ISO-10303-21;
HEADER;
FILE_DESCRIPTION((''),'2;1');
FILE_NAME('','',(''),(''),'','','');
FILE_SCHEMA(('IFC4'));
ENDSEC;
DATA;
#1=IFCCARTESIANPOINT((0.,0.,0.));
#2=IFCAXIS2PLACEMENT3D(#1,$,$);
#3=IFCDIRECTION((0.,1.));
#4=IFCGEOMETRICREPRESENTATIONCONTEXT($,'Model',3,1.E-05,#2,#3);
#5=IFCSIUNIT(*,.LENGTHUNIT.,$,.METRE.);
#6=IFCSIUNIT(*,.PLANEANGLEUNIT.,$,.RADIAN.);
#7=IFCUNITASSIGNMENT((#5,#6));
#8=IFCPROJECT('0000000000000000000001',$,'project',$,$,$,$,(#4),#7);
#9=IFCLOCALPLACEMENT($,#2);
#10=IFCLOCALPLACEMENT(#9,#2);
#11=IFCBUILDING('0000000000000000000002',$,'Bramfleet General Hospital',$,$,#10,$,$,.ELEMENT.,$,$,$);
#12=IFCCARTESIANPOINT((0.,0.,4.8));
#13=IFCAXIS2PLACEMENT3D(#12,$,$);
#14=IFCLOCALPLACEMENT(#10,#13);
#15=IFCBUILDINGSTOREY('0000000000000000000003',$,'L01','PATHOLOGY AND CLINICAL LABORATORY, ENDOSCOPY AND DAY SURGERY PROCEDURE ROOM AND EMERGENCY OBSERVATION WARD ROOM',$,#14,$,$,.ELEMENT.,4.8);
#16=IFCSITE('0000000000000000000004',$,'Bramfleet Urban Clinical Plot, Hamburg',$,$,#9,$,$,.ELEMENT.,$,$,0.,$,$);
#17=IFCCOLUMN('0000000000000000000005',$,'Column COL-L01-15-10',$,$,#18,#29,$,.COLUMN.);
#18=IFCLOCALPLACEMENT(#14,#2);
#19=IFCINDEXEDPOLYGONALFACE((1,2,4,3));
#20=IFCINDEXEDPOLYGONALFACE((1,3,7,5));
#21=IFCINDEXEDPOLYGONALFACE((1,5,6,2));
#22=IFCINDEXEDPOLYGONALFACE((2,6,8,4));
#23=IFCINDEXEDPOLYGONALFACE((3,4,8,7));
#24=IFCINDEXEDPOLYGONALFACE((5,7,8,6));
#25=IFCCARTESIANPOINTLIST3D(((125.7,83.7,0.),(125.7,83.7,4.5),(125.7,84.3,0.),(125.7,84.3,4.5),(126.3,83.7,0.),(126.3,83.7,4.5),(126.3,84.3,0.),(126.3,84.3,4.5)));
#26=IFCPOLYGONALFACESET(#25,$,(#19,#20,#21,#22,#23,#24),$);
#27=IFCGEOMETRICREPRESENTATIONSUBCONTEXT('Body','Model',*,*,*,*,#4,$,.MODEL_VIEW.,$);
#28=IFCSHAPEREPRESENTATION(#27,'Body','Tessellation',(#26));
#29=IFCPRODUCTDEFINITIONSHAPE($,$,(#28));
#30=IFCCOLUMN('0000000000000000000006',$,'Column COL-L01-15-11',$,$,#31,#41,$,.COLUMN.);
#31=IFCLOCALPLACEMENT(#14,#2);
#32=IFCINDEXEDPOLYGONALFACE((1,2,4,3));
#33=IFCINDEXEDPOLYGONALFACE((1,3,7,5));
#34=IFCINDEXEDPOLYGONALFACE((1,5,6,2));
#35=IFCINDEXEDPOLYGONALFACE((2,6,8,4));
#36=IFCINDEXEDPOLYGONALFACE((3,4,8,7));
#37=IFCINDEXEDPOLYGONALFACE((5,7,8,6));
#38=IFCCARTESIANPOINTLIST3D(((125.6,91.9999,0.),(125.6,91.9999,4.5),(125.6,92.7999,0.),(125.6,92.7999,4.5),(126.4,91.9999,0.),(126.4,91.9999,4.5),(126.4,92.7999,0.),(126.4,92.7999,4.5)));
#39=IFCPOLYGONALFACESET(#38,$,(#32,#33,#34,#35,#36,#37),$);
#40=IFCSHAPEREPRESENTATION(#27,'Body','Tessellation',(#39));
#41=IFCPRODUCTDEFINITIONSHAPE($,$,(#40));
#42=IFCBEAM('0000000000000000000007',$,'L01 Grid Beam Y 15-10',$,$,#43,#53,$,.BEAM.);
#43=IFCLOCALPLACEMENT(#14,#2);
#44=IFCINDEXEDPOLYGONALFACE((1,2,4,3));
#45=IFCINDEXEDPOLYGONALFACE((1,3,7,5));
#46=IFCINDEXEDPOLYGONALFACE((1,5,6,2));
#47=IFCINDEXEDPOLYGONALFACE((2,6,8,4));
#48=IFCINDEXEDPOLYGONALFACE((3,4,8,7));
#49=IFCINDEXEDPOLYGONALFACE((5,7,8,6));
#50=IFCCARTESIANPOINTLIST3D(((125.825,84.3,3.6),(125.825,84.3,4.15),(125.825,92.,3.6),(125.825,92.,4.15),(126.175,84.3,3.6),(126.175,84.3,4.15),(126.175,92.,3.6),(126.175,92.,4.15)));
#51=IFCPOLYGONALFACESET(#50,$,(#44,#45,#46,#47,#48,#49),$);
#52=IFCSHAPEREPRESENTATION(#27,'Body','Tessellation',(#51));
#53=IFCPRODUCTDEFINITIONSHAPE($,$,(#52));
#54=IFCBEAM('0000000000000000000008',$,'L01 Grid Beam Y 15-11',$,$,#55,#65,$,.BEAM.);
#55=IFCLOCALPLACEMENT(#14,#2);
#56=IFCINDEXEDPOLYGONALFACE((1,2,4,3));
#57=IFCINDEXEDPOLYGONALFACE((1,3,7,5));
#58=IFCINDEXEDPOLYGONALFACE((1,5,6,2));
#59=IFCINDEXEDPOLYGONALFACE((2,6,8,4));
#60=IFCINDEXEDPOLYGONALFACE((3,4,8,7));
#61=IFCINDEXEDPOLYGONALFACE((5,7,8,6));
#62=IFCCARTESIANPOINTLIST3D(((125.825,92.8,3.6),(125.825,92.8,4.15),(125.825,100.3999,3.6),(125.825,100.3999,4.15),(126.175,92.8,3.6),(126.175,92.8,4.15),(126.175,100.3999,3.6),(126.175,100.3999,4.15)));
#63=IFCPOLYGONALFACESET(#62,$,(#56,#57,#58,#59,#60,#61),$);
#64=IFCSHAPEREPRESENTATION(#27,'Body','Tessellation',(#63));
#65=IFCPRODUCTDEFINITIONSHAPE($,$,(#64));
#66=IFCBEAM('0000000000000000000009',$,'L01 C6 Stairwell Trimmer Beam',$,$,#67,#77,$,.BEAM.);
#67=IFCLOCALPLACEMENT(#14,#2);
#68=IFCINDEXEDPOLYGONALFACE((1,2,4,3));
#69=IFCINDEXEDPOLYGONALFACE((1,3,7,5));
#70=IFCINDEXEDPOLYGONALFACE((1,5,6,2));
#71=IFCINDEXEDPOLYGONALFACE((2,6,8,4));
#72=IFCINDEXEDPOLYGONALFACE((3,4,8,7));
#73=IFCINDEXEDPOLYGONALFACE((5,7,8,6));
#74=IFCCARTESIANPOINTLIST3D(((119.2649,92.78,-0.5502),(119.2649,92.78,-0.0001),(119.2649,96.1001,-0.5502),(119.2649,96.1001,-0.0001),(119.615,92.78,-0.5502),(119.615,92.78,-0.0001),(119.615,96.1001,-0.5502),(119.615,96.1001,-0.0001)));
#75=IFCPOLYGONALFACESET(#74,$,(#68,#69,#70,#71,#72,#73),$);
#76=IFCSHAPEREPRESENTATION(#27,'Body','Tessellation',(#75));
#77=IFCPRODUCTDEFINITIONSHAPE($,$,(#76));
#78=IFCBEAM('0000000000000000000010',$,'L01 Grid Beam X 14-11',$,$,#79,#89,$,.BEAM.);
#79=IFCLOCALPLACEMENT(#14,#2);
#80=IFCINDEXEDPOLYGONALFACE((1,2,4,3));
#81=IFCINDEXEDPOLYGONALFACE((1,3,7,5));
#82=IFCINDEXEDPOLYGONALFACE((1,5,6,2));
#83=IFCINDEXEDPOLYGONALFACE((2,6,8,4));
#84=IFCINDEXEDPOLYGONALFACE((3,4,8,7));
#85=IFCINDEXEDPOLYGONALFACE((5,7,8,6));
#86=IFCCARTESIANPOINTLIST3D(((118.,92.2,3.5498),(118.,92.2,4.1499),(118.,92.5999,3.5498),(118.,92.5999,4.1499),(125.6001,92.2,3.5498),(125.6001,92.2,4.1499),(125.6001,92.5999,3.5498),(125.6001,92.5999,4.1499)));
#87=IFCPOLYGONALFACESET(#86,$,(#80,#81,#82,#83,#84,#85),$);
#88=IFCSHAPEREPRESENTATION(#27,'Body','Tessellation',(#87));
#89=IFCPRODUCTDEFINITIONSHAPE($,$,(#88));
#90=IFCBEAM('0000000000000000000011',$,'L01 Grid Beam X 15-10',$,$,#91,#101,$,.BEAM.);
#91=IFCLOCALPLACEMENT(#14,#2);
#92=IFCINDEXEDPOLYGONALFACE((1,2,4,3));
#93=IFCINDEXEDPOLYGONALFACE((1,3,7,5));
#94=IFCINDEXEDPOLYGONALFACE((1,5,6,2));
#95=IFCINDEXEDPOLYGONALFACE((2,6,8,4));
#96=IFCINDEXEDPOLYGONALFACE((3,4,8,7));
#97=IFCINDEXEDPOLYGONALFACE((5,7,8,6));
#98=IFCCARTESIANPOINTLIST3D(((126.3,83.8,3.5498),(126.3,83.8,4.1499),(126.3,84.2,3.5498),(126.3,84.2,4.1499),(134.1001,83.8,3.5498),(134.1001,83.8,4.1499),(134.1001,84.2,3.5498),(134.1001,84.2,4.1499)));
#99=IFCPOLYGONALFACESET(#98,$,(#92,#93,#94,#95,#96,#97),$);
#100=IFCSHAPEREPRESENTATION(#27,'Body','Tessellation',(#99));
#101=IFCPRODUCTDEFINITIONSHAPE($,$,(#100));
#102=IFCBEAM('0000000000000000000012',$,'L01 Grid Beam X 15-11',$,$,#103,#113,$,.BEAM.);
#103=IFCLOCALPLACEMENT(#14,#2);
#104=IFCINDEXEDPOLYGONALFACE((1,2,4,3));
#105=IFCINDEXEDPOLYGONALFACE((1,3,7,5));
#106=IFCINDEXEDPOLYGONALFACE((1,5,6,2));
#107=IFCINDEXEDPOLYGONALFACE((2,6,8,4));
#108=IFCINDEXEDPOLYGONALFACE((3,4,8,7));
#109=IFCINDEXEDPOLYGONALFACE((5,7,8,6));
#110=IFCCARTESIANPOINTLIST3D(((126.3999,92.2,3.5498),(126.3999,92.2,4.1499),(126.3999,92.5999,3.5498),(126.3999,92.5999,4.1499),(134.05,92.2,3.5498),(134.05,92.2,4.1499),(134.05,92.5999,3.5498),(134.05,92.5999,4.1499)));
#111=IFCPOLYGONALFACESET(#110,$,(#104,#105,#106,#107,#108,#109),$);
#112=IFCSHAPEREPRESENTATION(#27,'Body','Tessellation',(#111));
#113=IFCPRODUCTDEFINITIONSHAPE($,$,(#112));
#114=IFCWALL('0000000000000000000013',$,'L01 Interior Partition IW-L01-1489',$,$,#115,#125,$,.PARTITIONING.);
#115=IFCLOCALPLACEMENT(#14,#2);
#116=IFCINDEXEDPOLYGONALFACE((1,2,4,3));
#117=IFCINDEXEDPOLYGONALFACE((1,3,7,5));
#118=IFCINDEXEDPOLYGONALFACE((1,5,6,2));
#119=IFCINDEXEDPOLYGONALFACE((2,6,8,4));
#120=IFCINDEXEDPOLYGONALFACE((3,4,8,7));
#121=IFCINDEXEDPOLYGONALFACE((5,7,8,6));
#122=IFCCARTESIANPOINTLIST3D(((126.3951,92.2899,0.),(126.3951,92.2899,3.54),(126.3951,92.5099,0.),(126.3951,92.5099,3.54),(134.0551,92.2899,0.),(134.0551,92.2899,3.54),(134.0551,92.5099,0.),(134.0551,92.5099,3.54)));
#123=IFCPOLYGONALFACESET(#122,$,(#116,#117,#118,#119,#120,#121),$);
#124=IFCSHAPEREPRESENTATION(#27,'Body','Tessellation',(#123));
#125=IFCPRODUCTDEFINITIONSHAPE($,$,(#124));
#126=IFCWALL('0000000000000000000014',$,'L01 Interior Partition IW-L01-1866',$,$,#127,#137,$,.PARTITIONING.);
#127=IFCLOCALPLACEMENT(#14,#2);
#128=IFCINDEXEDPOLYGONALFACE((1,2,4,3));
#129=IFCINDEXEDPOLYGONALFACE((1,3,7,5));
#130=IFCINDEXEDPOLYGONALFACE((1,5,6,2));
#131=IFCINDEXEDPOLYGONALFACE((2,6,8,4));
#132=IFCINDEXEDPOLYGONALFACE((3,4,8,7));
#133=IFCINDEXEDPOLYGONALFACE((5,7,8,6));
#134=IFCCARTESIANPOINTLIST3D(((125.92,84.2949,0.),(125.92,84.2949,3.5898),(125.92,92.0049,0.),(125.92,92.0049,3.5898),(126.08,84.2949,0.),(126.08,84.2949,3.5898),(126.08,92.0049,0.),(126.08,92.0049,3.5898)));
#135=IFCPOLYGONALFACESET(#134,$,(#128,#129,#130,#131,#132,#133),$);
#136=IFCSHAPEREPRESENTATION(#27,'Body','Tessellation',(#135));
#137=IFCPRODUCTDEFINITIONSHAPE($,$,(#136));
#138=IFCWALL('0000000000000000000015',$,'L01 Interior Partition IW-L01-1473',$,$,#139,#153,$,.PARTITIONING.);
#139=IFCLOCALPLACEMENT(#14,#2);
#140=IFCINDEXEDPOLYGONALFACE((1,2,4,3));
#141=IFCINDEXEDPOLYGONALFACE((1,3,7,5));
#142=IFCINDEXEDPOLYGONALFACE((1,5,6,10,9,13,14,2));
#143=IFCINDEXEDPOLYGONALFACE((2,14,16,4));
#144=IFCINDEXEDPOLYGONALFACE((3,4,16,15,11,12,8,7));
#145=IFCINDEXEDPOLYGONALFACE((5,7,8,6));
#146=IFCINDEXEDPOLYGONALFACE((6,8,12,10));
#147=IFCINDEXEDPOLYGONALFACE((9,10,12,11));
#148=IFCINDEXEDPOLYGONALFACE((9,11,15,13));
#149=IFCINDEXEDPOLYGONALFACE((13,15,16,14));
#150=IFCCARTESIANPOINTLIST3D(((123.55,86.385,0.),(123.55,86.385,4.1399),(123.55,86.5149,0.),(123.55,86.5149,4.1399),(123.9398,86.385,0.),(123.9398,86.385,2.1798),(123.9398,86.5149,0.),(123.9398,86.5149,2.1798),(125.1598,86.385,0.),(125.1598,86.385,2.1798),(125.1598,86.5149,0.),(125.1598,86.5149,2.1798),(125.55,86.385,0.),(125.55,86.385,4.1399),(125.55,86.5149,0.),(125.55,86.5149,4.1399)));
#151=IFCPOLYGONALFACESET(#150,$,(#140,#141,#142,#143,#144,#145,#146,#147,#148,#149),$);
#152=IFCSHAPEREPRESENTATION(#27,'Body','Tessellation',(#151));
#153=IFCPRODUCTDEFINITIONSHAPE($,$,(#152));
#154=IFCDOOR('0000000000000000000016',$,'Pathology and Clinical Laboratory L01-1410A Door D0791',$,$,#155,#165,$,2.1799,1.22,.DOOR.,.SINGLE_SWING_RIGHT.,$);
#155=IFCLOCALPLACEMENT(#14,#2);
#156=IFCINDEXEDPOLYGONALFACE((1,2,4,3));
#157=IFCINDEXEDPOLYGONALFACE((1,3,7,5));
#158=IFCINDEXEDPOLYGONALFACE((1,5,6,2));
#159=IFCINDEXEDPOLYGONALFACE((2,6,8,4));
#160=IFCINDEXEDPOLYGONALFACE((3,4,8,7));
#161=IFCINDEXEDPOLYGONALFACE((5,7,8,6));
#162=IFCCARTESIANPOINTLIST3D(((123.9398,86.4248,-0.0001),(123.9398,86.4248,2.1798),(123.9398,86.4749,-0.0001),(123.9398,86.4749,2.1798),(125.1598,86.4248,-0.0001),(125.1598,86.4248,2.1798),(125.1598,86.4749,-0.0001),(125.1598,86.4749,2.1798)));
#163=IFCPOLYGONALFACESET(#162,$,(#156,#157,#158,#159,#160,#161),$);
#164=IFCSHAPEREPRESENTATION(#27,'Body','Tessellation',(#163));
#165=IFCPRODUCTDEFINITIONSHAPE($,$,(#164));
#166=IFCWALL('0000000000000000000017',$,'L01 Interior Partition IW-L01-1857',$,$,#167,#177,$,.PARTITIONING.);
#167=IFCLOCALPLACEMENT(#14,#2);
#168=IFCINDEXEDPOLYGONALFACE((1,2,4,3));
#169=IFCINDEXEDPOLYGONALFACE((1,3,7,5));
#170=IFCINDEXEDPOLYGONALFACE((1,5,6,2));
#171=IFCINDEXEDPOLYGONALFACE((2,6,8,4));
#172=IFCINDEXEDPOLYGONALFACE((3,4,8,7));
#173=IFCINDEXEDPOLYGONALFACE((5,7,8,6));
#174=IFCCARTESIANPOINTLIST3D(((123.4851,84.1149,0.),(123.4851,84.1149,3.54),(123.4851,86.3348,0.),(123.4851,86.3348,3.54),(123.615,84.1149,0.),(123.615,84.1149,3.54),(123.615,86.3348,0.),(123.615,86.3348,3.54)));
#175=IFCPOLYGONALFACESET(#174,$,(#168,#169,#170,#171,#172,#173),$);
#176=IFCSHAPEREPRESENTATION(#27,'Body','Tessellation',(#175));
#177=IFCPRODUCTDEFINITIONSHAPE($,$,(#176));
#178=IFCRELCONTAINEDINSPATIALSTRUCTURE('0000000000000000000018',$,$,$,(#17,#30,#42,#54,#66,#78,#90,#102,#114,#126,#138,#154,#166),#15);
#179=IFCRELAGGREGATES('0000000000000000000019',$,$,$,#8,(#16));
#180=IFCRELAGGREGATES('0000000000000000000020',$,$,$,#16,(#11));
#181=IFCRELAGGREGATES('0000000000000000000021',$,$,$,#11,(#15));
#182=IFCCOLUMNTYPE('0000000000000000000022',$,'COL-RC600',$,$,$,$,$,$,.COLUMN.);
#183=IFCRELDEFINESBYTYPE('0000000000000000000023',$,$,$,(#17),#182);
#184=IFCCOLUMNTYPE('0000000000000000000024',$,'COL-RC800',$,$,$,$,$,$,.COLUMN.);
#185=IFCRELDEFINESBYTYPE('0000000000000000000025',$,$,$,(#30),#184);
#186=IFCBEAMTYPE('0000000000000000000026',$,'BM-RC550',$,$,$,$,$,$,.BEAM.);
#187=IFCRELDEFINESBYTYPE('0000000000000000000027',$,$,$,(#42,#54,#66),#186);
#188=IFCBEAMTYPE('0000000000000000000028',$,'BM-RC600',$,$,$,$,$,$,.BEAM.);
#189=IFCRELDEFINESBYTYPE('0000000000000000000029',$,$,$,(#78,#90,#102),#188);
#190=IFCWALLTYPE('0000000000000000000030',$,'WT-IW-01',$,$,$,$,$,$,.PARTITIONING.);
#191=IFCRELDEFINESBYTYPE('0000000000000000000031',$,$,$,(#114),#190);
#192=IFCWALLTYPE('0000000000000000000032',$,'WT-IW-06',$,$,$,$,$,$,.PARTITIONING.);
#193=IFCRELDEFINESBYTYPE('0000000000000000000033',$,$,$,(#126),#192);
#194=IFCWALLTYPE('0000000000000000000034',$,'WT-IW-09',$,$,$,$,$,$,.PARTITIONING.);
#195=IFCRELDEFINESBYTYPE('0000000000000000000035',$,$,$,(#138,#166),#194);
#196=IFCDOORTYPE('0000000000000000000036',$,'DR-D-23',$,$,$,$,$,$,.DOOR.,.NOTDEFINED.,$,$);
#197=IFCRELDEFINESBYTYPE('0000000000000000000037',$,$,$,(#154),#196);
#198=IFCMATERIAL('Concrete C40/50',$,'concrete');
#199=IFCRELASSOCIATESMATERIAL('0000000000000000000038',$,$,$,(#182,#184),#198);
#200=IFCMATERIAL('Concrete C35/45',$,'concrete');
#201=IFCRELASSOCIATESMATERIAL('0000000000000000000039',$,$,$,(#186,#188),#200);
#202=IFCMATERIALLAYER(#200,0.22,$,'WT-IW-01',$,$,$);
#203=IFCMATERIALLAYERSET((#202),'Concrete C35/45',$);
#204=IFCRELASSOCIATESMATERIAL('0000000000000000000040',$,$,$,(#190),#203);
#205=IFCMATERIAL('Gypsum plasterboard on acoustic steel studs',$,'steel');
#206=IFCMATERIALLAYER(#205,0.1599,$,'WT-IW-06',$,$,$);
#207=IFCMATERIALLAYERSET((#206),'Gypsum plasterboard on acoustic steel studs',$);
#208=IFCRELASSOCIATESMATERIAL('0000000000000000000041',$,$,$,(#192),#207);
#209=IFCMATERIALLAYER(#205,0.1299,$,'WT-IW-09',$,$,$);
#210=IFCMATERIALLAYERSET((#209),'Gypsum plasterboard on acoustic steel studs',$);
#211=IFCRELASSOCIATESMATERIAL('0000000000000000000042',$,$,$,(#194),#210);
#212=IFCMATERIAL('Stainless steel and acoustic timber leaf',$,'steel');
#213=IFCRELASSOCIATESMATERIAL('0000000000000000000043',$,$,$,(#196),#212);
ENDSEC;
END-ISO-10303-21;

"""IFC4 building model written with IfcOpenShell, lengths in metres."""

from ifc_helpers import new_model, si_unit, direction, frame, frame_2d, origin, origin_2d, place, context, subcontext, project, spatial, rectangle, extrude, material, layer, layer_set, material_profile, profile_set, type_object, element, fill, save


model = new_model("IFC4")

# Units and contexts
model_context = context("Model", 3, precision=1e-05, world=origin(), true_north=direction((0.0, 1.0)))
body_context = subcontext(model_context, "Body", "Model", "MODEL_VIEW")
ifc_project = project(units=[si_unit("LENGTHUNIT", "METRE"), si_unit("PLANEANGLEUNIT", "RADIAN")], contexts=[model_context])

# Site, building, storey
site_placement = place(None, origin())
site = spatial("IfcSite", under=ifc_project, at=site_placement, Name="Bramfleet Urban Clinical Plot, Hamburg", CompositionType="ELEMENT", RefElevation=0.0)
building_placement = place(site_placement, origin())
building = spatial("IfcBuilding", under=site, at=building_placement, Name="Bramfleet General Hospital", CompositionType="ELEMENT")
storey_placement = place(building_placement, frame((0.0, 0.0, 4.8)))
storey = spatial("IfcBuildingStorey", under=building, at=storey_placement, Name="L01", Description="PATHOLOGY AND CLINICAL LABORATORY, ENDOSCOPY AND DAY SURGERY PROCEDURE ROOM AND EMERGENCY OBSERVATION WARD ROOM", CompositionType="ELEMENT", Elevation=4.8)

# Columns
ifc_material_1 = material(Name="Concrete C40/50", Category="concrete")
ifc_material_profile_1 = material_profile(ifc_material_1, rectangle(XDim=0.6001, YDim=0.6001, at=origin_2d()), Name="RC COL 600x600")
ifc_profile_set_1 = profile_set([ifc_material_profile_1], Name="Concrete C40/50")
column_type_1 = type_object("IfcColumnType", Name="COL-RC600", PredefinedType="COLUMN", material=ifc_profile_set_1)
column_1_placement = place(storey_placement, frame((126.0, 84.0, 0.0), z_axis=(0.0, 0.0, 1.0), x_axis=(1.0, 0.0, 0.0)))
element("IfcColumn", 1, at=column_1_placement, inside=storey, type_object=column_type_1, Name="Column COL-L01-15-10", PredefinedType="COLUMN", context=body_context, shape_type="SweptSolid", body=[
    extrude(rectangle(XDim=0.6001, YDim=0.6001, at=origin_2d()), origin(), (0.0, 0.0, 1.0), 4.5),
])
ifc_material_profile_2 = material_profile(ifc_material_1, rectangle(XDim=0.8, YDim=0.8, at=origin_2d()), Name="RC COL 800x800")
ifc_profile_set_2 = profile_set([ifc_material_profile_2], Name="Concrete C40/50")
column_type_2 = type_object("IfcColumnType", Name="COL-RC800", PredefinedType="COLUMN", material=ifc_profile_set_2)
column_2_placement = place(storey_placement, frame((126.0, 92.3999, 0.0), z_axis=(0.0, 0.0, 1.0), x_axis=(1.0, 0.0, 0.0)))
element("IfcColumn", 2, at=column_2_placement, inside=storey, type_object=column_type_2, Name="Column COL-L01-15-11", PredefinedType="COLUMN", context=body_context, shape_type="SweptSolid", body=[
    extrude(rectangle(XDim=0.8, YDim=0.8, at=origin_2d()), origin(), (0.0, 0.0, 1.0), 4.5),
])

# Beams
ifc_material_2 = material(Name="Concrete C35/45", Category="concrete")
ifc_material_profile_3 = material_profile(ifc_material_2, rectangle(XDim=0.3501, YDim=0.55, at=origin_2d()), Name="RC BM 550x350")
ifc_profile_set_3 = profile_set([ifc_material_profile_3], Name="Concrete C35/45")
beam_type_1 = type_object("IfcBeamType", Name="BM-RC550", PredefinedType="BEAM", material=ifc_profile_set_3)
beam_1_placement = place(storey_placement, frame((126.0, 84.3, 3.875), z_axis=(0.0, 1.0, 0.0), x_axis=(-1.0, 0.0, 0.0)))
element("IfcBeam", 3, at=beam_1_placement, inside=storey, type_object=beam_type_1, Name="L01 Grid Beam Y 15-10", PredefinedType="BEAM", context=body_context, shape_type="SweptSolid", body=[
    extrude(rectangle(XDim=0.3501, YDim=0.55, at=origin_2d()), origin(), (0.0, 0.0, 1.0), 7.7),
])
beam_2_placement = place(storey_placement, frame((126.0, 92.8, 3.875), z_axis=(0.0, 1.0, 0.0), x_axis=(-1.0, 0.0, 0.0)))
element("IfcBeam", 4, at=beam_2_placement, inside=storey, type_object=beam_type_1, Name="L01 Grid Beam Y 15-11", PredefinedType="BEAM", context=body_context, shape_type="SweptSolid", body=[
    extrude(rectangle(XDim=0.3501, YDim=0.55, at=origin_2d()), origin(), (0.0, 0.0, 1.0), 7.5999),
])
beam_3_placement = place(storey_placement, frame((119.4399, 92.78, -0.2751), z_axis=(0.0, 1.0, 0.0), x_axis=(-1.0, 0.0, 0.0)))
element("IfcBeam", 5, at=beam_3_placement, inside=storey, type_object=beam_type_1, Name="L01 C6 Stairwell Trimmer Beam", PredefinedType="BEAM", context=body_context, shape_type="SweptSolid", body=[
    extrude(rectangle(XDim=0.3501, YDim=0.55, at=origin_2d()), origin(), (0.0, 0.0, 1.0), 3.3201),
])
ifc_material_profile_4 = material_profile(ifc_material_2, rectangle(XDim=0.3999, YDim=0.6001, at=origin_2d()), Name="RC BM 600x400")
ifc_profile_set_4 = profile_set([ifc_material_profile_4], Name="Concrete C35/45")
beam_type_2 = type_object("IfcBeamType", Name="BM-RC600", PredefinedType="BEAM", material=ifc_profile_set_4)
beam_4_placement = place(storey_placement, frame((118.0, 92.3999, 3.8499), z_axis=(1.0, 0.0, 0.0), x_axis=(0.0, 1.0, 0.0)))
element("IfcBeam", 6, at=beam_4_placement, inside=storey, type_object=beam_type_2, Name="L01 Grid Beam X 14-11", PredefinedType="BEAM", context=body_context, shape_type="SweptSolid", body=[
    extrude(rectangle(XDim=0.3999, YDim=0.6001, at=origin_2d()), origin(), (0.0, 0.0, 1.0), 7.6001),
])
beam_5_placement = place(storey_placement, frame((126.3, 84.0, 3.8499), z_axis=(1.0, 0.0, 0.0), x_axis=(0.0, 1.0, 0.0)))
element("IfcBeam", 7, at=beam_5_placement, inside=storey, type_object=beam_type_2, Name="L01 Grid Beam X 15-10", PredefinedType="BEAM", context=body_context, shape_type="SweptSolid", body=[
    extrude(rectangle(XDim=0.3999, YDim=0.6001, at=origin_2d()), origin(), (0.0, 0.0, 1.0), 7.8),
])
beam_6_placement = place(storey_placement, frame((126.3999, 92.3999, 3.8499), z_axis=(1.0, 0.0, 0.0), x_axis=(0.0, 1.0, 0.0)))
element("IfcBeam", 8, at=beam_6_placement, inside=storey, type_object=beam_type_2, Name="L01 Grid Beam X 15-11", PredefinedType="BEAM", context=body_context, shape_type="SweptSolid", body=[
    extrude(rectangle(XDim=0.3999, YDim=0.6001, at=origin_2d()), origin(), (0.0, 0.0, 1.0), 7.6501),
])

# Walls
ifc_layer_1 = layer(ifc_material_2, 0.22, Name="WT-IW-01")
ifc_layer_set_1 = layer_set([ifc_layer_1], Name="Concrete C35/45")
wall_type_1 = type_object("IfcWallType", Name="WT-IW-01", PredefinedType="PARTITIONING", material=ifc_layer_set_1)
wall_1_placement = place(storey_placement, frame((126.395, 92.3999, 0.0), z_axis=(0.0, 0.0, 1.0), x_axis=(1.0, 0.0, 0.0)))
element("IfcWall", 9, at=wall_1_placement, inside=storey, type_object=wall_type_1, Name="L01 Interior Partition IW-L01-1489", PredefinedType="PARTITIONING", context=body_context, shape_type="SweptSolid", body=[
    extrude(rectangle(XDim=7.6599, YDim=0.22, at=frame_2d((3.8301, 0.0))), origin(), (0.0, 0.0, 1.0), 3.54),
])
ifc_material_3 = material(Name="Gypsum plasterboard on acoustic steel studs", Category="steel")
ifc_layer_2 = layer(ifc_material_3, 0.1599, Name="WT-IW-06")
ifc_layer_set_2 = layer_set([ifc_layer_2], Name="Gypsum plasterboard on acoustic steel studs")
wall_type_2 = type_object("IfcWallType", Name="WT-IW-06", PredefinedType="PARTITIONING", material=ifc_layer_set_2)
wall_2_placement = place(storey_placement, frame((126.0, 84.2949, 0.0), z_axis=(0.0, 0.0, 1.0), x_axis=(0.0, 1.0, 0.0)))
element("IfcWall", 10, at=wall_2_placement, inside=storey, type_object=wall_type_2, Name="L01 Interior Partition IW-L01-1866", PredefinedType="PARTITIONING", context=body_context, shape_type="SweptSolid", body=[
    extrude(rectangle(XDim=7.71, YDim=0.1599, at=frame_2d((3.855, 0.0))), origin(), (0.0, 0.0, 1.0), 3.5898),
])

# Wall, opening, door
ifc_layer_3 = layer(ifc_material_3, 0.1299, Name="WT-IW-09")
ifc_layer_set_3 = layer_set([ifc_layer_3], Name="Gypsum plasterboard on acoustic steel studs")
wall_type_3 = type_object("IfcWallType", Name="WT-IW-09", PredefinedType="PARTITIONING", material=ifc_layer_set_3)
wall_3_placement = place(storey_placement, frame((123.55, 86.45, 0.0), z_axis=(0.0, 0.0, 1.0), x_axis=(1.0, 0.0, 0.0)))
wall_3 = element("IfcWall", 11, at=wall_3_placement, inside=storey, type_object=wall_type_3, Name="L01 Interior Partition IW-L01-1473", PredefinedType="PARTITIONING", context=body_context, shape_type="SweptSolid", body=[
    extrude(rectangle(XDim=2.0, YDim=0.1299, at=frame_2d((1.0, 0.0))), origin(), (0.0, 0.0, 1.0), 4.1399),
])
opening_placement = place(wall_3_placement, frame((0.3899, 0.0, 0.0)))
opening = element("IfcOpeningElement", 12, at=opening_placement, cuts=wall_3, PredefinedType="OPENING", context=body_context, shape_type="SweptSolid", body=[
    extrude(rectangle(XDim=1.22, YDim=2.1799, at=frame_2d((0.6099, 1.0898))), frame((0.0, 0.075, 0.0), z_axis=(0.0, -1.0, 0.0), x_axis=(1.0, 0.0, 0.0)), (0.0, 0.0, 1.0), 0.1499),
])
ifc_material_4 = material(Name="Stainless steel and acoustic timber leaf", Category="steel")
door_type = type_object("IfcDoorType", Name="DR-D-23", OperationType="NOTDEFINED", PredefinedType="DOOR", material=ifc_material_4)
door_placement = place(opening_placement, origin())
door = element("IfcDoor", 13, at=door_placement, inside=storey, type_object=door_type, Name="Pathology and Clinical Laboratory L01-1410A Door D0791", OperationType="SINGLE_SWING_RIGHT", OverallHeight=2.1799, OverallWidth=1.22, PredefinedType="DOOR", context=body_context, shape_type="SweptSolid", body=[
    extrude(rectangle(XDim=1.22, YDim=2.1799, at=frame_2d((0.6099, 1.0898))), frame((0.0, 0.0249, 0.0), z_axis=(0.0, -1.0, 0.0), x_axis=(1.0, 0.0, 0.0)), (0.0, 0.0, 1.0), 0.05),
])
fill(opening, door)

# Wall
wall_4_placement = place(storey_placement, frame((123.55, 84.115, 0.0), z_axis=(0.0, 0.0, 1.0), x_axis=(0.0, 1.0, 0.0)))
element("IfcWall", 14, at=wall_4_placement, inside=storey, type_object=wall_type_3, Name="L01 Interior Partition IW-L01-1857", PredefinedType="PARTITIONING", context=body_context, shape_type="SweptSolid", body=[
    extrude(rectangle(XDim=2.22, YDim=0.1299, at=frame_2d((1.1099, 0.0))), origin(), (0.0, 0.0, 1.0), 3.54),
])

save(model, "model.ifc")
